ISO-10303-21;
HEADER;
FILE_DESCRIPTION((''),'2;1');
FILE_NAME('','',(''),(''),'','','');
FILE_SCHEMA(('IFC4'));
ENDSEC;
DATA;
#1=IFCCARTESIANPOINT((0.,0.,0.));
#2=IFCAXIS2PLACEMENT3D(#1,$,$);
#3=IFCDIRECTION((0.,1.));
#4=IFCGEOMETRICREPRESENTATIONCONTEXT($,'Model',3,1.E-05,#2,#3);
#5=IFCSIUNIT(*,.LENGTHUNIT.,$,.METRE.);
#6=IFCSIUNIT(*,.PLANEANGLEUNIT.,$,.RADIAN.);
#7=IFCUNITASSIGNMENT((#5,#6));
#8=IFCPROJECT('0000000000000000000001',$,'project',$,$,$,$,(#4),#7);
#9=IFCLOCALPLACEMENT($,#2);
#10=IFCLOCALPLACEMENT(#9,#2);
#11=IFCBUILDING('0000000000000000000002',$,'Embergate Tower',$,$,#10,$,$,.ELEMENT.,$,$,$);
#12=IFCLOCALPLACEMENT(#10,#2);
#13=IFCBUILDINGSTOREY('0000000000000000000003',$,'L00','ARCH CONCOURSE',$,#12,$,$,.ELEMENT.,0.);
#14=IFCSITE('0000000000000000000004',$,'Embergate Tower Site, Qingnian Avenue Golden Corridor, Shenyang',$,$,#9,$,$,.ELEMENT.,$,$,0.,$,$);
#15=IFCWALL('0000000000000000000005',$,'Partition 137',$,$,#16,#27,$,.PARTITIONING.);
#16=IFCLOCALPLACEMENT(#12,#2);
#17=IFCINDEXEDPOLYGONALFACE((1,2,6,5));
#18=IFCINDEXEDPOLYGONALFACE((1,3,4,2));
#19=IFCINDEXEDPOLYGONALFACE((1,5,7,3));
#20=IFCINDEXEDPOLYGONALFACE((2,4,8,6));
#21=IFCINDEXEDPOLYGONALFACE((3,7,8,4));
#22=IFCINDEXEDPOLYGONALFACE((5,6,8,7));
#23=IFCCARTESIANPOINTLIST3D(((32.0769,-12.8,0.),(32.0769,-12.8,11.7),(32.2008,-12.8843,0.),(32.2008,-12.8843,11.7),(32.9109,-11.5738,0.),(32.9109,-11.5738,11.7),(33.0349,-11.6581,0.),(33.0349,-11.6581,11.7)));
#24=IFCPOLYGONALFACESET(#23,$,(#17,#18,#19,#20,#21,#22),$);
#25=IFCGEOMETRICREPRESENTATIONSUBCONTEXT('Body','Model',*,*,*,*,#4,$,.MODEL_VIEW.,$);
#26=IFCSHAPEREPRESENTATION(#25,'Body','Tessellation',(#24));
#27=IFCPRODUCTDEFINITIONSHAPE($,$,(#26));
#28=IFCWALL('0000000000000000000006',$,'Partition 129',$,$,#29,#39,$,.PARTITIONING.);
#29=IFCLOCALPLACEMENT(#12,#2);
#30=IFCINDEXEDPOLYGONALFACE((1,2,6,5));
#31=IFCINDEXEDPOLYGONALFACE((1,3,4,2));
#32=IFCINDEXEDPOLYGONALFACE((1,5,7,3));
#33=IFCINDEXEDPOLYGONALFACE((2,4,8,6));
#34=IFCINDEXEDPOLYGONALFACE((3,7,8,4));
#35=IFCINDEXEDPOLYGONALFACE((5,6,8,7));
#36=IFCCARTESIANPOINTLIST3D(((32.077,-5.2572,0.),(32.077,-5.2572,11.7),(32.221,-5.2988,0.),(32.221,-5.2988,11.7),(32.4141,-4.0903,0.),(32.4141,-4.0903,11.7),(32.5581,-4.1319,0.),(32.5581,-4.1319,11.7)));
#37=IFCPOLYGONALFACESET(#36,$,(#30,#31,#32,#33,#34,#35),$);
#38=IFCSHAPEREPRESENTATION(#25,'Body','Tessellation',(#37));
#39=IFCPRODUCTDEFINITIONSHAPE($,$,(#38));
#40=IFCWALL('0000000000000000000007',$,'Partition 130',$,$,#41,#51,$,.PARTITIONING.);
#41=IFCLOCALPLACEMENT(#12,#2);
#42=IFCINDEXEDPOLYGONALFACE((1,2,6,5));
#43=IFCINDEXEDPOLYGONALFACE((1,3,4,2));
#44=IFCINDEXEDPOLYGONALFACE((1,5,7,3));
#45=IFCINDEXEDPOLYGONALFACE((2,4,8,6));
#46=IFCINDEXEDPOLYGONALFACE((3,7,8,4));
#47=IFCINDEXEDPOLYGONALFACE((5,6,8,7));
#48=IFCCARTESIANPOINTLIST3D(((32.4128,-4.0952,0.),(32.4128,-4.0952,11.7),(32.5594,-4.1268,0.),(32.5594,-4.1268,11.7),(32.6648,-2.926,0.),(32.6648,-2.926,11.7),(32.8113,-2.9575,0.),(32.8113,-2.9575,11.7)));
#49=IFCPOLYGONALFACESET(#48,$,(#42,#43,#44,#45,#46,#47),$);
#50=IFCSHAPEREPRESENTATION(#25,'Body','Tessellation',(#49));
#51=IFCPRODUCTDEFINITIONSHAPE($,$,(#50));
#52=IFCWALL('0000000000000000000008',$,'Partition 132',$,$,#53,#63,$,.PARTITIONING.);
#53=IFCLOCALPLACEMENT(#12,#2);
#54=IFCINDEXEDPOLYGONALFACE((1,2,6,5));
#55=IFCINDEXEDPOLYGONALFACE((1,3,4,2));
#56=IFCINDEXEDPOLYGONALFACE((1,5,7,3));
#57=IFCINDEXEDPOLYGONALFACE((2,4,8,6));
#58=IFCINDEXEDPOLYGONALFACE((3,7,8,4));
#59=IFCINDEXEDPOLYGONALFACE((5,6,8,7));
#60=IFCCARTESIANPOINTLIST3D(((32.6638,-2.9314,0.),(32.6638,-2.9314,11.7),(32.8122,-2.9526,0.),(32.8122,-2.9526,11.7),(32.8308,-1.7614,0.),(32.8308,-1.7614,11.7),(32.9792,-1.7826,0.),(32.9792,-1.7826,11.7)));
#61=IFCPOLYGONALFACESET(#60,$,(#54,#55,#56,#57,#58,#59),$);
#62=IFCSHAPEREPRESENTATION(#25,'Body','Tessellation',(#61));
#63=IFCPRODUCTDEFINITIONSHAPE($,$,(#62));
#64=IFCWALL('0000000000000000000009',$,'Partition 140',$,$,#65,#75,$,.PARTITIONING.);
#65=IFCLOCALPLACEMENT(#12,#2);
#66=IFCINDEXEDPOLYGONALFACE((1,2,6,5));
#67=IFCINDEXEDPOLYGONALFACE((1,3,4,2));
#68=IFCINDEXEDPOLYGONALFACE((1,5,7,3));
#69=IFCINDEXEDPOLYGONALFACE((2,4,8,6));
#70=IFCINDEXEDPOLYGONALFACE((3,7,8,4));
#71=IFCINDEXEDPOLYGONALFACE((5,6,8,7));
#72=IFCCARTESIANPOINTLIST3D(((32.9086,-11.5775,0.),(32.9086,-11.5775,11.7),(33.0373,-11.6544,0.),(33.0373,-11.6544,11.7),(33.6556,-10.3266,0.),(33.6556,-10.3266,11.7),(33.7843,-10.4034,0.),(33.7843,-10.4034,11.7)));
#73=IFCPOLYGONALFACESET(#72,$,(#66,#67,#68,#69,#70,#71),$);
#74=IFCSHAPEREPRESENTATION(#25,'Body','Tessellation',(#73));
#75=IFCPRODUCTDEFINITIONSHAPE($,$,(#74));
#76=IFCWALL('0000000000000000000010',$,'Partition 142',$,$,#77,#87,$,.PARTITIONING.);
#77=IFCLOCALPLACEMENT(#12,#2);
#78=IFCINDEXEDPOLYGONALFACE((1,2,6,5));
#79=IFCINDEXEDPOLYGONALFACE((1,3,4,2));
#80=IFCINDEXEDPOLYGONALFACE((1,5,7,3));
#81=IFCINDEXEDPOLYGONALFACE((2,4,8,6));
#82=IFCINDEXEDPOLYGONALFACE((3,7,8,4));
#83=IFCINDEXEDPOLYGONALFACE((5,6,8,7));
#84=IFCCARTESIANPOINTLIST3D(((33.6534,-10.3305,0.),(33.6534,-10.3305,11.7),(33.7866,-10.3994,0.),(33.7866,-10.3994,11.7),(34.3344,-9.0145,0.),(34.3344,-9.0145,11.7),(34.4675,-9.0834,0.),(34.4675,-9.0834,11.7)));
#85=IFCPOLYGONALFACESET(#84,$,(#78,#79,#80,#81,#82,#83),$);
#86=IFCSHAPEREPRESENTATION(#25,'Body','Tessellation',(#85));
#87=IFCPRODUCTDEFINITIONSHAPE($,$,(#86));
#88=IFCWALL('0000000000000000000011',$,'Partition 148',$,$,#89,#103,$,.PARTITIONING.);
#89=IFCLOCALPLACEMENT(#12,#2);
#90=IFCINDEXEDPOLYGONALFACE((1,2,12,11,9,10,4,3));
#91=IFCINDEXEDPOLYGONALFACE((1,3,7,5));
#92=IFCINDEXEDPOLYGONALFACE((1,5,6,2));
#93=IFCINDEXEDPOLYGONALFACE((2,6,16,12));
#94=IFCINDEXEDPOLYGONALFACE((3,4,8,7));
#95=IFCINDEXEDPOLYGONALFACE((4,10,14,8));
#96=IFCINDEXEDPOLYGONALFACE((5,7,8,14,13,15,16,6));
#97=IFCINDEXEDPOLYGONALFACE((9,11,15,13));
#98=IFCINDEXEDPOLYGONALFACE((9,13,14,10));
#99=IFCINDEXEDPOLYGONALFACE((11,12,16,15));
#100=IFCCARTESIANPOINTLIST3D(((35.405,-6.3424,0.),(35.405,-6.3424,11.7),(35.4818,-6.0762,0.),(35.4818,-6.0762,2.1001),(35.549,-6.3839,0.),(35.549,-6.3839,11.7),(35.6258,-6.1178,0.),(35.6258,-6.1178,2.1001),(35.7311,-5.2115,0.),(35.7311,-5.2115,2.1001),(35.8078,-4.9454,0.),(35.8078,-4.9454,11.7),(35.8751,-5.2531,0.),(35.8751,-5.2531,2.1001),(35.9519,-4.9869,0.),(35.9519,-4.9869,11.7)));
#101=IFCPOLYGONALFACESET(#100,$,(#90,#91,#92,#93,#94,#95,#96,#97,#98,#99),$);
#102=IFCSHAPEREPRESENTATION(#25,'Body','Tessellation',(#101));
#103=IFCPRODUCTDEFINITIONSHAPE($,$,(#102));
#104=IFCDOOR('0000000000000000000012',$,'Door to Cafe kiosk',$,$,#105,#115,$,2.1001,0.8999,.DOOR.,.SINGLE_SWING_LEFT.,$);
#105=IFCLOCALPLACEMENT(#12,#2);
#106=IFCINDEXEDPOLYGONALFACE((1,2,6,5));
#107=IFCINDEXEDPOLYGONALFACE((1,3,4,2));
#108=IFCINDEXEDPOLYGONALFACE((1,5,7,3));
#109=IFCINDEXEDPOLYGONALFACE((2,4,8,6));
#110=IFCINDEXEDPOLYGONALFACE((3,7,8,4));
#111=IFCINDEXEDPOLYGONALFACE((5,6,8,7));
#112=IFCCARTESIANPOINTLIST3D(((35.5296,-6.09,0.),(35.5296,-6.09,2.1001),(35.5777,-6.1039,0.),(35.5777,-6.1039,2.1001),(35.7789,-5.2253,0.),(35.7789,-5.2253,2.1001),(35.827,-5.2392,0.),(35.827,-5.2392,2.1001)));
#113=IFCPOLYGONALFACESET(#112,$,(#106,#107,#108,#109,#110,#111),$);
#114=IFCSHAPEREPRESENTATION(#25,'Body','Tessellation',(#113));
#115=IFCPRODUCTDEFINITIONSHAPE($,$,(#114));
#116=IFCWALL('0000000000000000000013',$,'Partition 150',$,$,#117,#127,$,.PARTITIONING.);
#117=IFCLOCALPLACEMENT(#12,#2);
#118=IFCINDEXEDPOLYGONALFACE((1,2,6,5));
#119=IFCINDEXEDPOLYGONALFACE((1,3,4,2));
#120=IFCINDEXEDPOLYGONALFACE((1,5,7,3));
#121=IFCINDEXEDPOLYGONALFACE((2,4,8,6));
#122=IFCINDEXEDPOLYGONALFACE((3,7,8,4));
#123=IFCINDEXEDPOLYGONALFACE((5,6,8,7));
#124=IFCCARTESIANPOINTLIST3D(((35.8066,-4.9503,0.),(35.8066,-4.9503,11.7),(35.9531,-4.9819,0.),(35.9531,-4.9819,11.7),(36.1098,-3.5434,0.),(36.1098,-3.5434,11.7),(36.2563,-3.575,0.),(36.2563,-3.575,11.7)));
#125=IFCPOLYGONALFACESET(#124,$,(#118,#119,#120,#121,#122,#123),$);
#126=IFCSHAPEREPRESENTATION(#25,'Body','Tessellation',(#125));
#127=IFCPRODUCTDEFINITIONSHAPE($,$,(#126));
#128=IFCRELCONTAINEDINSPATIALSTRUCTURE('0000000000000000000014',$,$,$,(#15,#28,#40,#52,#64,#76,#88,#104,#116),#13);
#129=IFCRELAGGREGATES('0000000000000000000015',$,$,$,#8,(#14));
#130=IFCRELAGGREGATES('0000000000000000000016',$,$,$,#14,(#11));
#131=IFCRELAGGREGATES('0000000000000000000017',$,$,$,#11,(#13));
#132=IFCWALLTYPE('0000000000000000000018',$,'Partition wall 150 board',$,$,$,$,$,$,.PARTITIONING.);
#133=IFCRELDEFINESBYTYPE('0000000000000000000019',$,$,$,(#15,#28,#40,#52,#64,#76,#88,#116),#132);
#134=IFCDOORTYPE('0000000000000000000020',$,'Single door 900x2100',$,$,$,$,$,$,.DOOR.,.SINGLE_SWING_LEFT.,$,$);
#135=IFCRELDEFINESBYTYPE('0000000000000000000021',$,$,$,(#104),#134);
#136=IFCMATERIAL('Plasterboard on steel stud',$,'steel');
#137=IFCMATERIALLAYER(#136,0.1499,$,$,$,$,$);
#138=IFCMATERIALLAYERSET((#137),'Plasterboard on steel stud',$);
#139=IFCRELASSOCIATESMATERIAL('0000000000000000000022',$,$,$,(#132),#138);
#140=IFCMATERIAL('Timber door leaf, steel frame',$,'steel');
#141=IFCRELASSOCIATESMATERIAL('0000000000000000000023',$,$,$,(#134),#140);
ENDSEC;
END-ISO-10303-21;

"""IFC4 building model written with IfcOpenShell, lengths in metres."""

from ifc_helpers import new_model, si_unit, direction, frame, frame_2d, origin, place, context, subcontext, project, spatial, rectangle, extrude, source, transform, mapped, material, layer, layer_set, type_object, element, fill, save


model = new_model("IFC4")

# Units and contexts
model_context = context("Model", 3, precision=1e-05, world=origin(), true_north=direction((0.0, 1.0)))
body_context = subcontext(model_context, "Body", "Model", "MODEL_VIEW")
ifc_project = project(units=[si_unit("LENGTHUNIT", "METRE"), si_unit("PLANEANGLEUNIT", "RADIAN")], contexts=[model_context])

# Site, building, storey
site_placement = place(None, origin())
site = spatial("IfcSite", under=ifc_project, at=site_placement, Name="Embergate Tower Site, Qingnian Avenue Golden Corridor, Shenyang", CompositionType="ELEMENT", RefElevation=0.0)
building_placement = place(site_placement, origin())
building = spatial("IfcBuilding", under=site, at=building_placement, Name="Embergate Tower", CompositionType="ELEMENT")
storey_placement = place(building_placement, origin())
storey = spatial("IfcBuildingStorey", under=building, at=storey_placement, Name="L00", Description="ARCH CONCOURSE", CompositionType="ELEMENT", Elevation=0.0)

# Walls
ifc_material_1 = material(Name="Plasterboard on steel stud", Category="steel")
ifc_layer_1 = layer(ifc_material_1, 0.1499)
ifc_layer_set_1 = layer_set([ifc_layer_1], Name="Plasterboard on steel stud")
wall_type_1 = type_object("IfcWallType", Name="Partition wall 150 board", PredefinedType="PARTITIONING", material=ifc_layer_set_1)
shared_shape_1 = source(origin(), body_context, "Body", "SweptSolid", [
    extrude(rectangle(XDim=1.4829, YDim=0.1499, at=frame_2d((0.7415, 0.0))), origin(), (0.0, 0.0, 1.0), 11.7),
])
wall_1_placement = place(storey_placement, frame((32.9729, -11.616, 0.0), z_axis=(0.0, 0.0, 1.0), x_axis=(-0.562427, -0.826847, 0.0)))
element("IfcWall", 1, at=wall_1_placement, inside=storey, type_object=wall_type_1, Name="Partition 137", PredefinedType="PARTITIONING", context=body_context, shape_type="MappedRepresentation", body=[
    mapped(shared_shape_1, transform((0.0, 0.0, 0.0))),
])
shared_shape_2 = source(origin(), body_context, "Body", "SweptSolid", [
    extrude(rectangle(XDim=1.2146, YDim=0.1499, at=frame_2d((0.6074, 0.0))), origin(), (0.0, 0.0, 1.0), 11.7),
])
wall_2_placement = place(storey_placement, frame((32.1489, -5.2781, 0.0), z_axis=(0.0, 0.0, 1.0), x_axis=(0.27756, 0.960708, 0.0)))
element("IfcWall", 2, at=wall_2_placement, inside=storey, type_object=wall_type_1, Name="Partition 129", PredefinedType="PARTITIONING", context=body_context, shape_type="MappedRepresentation", body=[
    mapped(shared_shape_2, transform((0.0, 0.0, 0.0))),
])
shared_shape_3 = source(origin(), body_context, "Body", "SweptSolid", [
    extrude(rectangle(XDim=1.196, YDim=0.1499, at=frame_2d((0.5981, 0.0))), origin(), (0.0, 0.0, 1.0), 11.7),
])
wall_3_placement = place(storey_placement, frame((32.4861, -4.1111, 0.0), z_axis=(0.0, 0.0, 1.0), x_axis=(0.210658, 0.97756, 0.0)))
element("IfcWall", 3, at=wall_3_placement, inside=storey, type_object=wall_type_1, Name="Partition 130", PredefinedType="PARTITIONING", context=body_context, shape_type="MappedRepresentation", body=[
    mapped(shared_shape_3, transform((0.0, 0.0, 0.0))),
])
shared_shape_4 = source(origin(), body_context, "Body", "SweptSolid", [
    extrude(rectangle(XDim=1.1819, YDim=0.1499, at=frame_2d((0.5908, 0.0))), origin(), (0.0, 0.0, 1.0), 11.7),
])
wall_4_placement = place(storey_placement, frame((32.738, -2.9419, 0.0), z_axis=(0.0, 0.0, 1.0), x_axis=(0.141306, 0.989966, 0.0)))
element("IfcWall", 4, at=wall_4_placement, inside=storey, type_object=wall_type_1, Name="Partition 132", PredefinedType="PARTITIONING", context=body_context, shape_type="MappedRepresentation", body=[
    mapped(shared_shape_4, transform((0.0, 0.0, 0.0))),
])
shared_shape_5 = source(origin(), body_context, "Body", "SweptSolid", [
    extrude(rectangle(XDim=1.457, YDim=0.1499, at=frame_2d((0.7285, 0.0))), origin(), (0.0, 0.0, 1.0), 11.7),
])
wall_5_placement = place(storey_placement, frame((33.72, -10.365, 0.0), z_axis=(0.0, 0.0, 1.0), x_axis=(-0.512721, -0.858556, 0.0)))
element("IfcWall", 5, at=wall_5_placement, inside=storey, type_object=wall_type_1, Name="Partition 140", PredefinedType="PARTITIONING", context=body_context, shape_type="MappedRepresentation", body=[
    mapped(shared_shape_5, transform((0.0, 0.0, 0.0))),
])
shared_shape_6 = source(origin(), body_context, "Body", "SweptSolid", [
    extrude(rectangle(XDim=1.4817, YDim=0.1499, at=frame_2d((0.7407, 0.0))), origin(), (0.0, 0.0, 1.0), 11.7),
])
wall_6_placement = place(storey_placement, frame((34.4009, -9.0491, 0.0), z_axis=(0.0, 0.0, 1.0), x_axis=(-0.459562, -0.888146, 0.0)))
element("IfcWall", 6, at=wall_6_placement, inside=storey, type_object=wall_type_1, Name="Partition 142", PredefinedType="PARTITIONING", context=body_context, shape_type="MappedRepresentation", body=[
    mapped(shared_shape_6, transform((0.0, 0.0, 0.0))),
])

# Wall, opening, door
shared_shape_7 = source(origin(), body_context, "Body", "SweptSolid", [
    extrude(rectangle(XDim=1.4539, YDim=0.1499, at=frame_2d((0.7271, 0.0))), origin(), (0.0, 0.0, 1.0), 11.7),
])
wall_7_placement = place(storey_placement, frame((35.8799, -4.9661, 0.0), z_axis=(0.0, 0.0, 1.0), x_axis=(-0.277071, -0.960849, 0.0)))
wall_7 = element("IfcWall", 7, at=wall_7_placement, inside=storey, type_object=wall_type_1, Name="Partition 148", PredefinedType="PARTITIONING", context=body_context, shape_type="MappedRepresentation", body=[
    mapped(shared_shape_7, transform((0.0, 0.0, 0.0))),
])
shared_shape_8 = source(origin(), body_context, "Body", "SweptSolid", [
    extrude(rectangle(XDim=0.8999, YDim=2.1001, at=frame_2d((0.45, 1.05))), frame((0.0, 0.085, 0.0), z_axis=(0.0, -1.0, 0.0), x_axis=(1.0, 0.0, 0.0)), (0.0, 0.0, 1.0), 0.1699),
])
opening_1_placement = place(wall_7_placement, frame((0.2771, 0.0, 0.0)))
opening_1 = element("IfcOpeningElement", 8, at=opening_1_placement, cuts=wall_7, PredefinedType="OPENING", context=body_context, shape_type="MappedRepresentation", body=[
    mapped(shared_shape_8, transform((0.0, 0.0, 0.0))),
])
ifc_material_2 = material(Name="Timber door leaf, steel frame", Category="steel")
door_type_1 = type_object("IfcDoorType", Name="Single door 900x2100", OperationType="SINGLE_SWING_LEFT", PredefinedType="DOOR", material=ifc_material_2)
shared_shape_9 = source(origin(), body_context, "Body", "SweptSolid", [
    extrude(rectangle(XDim=0.8999, YDim=2.1001, at=frame_2d((0.45, 1.05))), frame((0.0, 0.0249, 0.0), z_axis=(0.0, -1.0, 0.0), x_axis=(1.0, 0.0, 0.0)), (0.0, 0.0, 1.0), 0.05),
])
door_1_placement = place(opening_1_placement, origin())
door_1 = element("IfcDoor", 9, at=door_1_placement, inside=storey, type_object=door_type_1, Name="Door to Cafe kiosk", OperationType="SINGLE_SWING_LEFT", OverallHeight=2.1001, OverallWidth=0.8999, PredefinedType="DOOR", context=body_context, shape_type="MappedRepresentation", body=[
    mapped(shared_shape_9, transform((0.0, 0.0, 0.0))),
])
fill(opening_1, door_1)

# Wall
shared_shape_10 = source(origin(), body_context, "Body", "SweptSolid", [
    extrude(rectangle(XDim=1.4392, YDim=0.1499, at=frame_2d((0.7197, 0.0))), origin(), (0.0, 0.0, 1.0), 11.7),
])
wall_8_placement = place(storey_placement, frame((36.1831, -3.5591, 0.0), z_axis=(0.0, 0.0, 1.0), x_axis=(-0.210676, -0.977556, 0.0)))
element("IfcWall", 10, at=wall_8_placement, inside=storey, type_object=wall_type_1, Name="Partition 150", PredefinedType="PARTITIONING", context=body_context, shape_type="MappedRepresentation", body=[
    mapped(shared_shape_10, transform((0.0, 0.0, 0.0))),
])

save(model, "model.ifc")
